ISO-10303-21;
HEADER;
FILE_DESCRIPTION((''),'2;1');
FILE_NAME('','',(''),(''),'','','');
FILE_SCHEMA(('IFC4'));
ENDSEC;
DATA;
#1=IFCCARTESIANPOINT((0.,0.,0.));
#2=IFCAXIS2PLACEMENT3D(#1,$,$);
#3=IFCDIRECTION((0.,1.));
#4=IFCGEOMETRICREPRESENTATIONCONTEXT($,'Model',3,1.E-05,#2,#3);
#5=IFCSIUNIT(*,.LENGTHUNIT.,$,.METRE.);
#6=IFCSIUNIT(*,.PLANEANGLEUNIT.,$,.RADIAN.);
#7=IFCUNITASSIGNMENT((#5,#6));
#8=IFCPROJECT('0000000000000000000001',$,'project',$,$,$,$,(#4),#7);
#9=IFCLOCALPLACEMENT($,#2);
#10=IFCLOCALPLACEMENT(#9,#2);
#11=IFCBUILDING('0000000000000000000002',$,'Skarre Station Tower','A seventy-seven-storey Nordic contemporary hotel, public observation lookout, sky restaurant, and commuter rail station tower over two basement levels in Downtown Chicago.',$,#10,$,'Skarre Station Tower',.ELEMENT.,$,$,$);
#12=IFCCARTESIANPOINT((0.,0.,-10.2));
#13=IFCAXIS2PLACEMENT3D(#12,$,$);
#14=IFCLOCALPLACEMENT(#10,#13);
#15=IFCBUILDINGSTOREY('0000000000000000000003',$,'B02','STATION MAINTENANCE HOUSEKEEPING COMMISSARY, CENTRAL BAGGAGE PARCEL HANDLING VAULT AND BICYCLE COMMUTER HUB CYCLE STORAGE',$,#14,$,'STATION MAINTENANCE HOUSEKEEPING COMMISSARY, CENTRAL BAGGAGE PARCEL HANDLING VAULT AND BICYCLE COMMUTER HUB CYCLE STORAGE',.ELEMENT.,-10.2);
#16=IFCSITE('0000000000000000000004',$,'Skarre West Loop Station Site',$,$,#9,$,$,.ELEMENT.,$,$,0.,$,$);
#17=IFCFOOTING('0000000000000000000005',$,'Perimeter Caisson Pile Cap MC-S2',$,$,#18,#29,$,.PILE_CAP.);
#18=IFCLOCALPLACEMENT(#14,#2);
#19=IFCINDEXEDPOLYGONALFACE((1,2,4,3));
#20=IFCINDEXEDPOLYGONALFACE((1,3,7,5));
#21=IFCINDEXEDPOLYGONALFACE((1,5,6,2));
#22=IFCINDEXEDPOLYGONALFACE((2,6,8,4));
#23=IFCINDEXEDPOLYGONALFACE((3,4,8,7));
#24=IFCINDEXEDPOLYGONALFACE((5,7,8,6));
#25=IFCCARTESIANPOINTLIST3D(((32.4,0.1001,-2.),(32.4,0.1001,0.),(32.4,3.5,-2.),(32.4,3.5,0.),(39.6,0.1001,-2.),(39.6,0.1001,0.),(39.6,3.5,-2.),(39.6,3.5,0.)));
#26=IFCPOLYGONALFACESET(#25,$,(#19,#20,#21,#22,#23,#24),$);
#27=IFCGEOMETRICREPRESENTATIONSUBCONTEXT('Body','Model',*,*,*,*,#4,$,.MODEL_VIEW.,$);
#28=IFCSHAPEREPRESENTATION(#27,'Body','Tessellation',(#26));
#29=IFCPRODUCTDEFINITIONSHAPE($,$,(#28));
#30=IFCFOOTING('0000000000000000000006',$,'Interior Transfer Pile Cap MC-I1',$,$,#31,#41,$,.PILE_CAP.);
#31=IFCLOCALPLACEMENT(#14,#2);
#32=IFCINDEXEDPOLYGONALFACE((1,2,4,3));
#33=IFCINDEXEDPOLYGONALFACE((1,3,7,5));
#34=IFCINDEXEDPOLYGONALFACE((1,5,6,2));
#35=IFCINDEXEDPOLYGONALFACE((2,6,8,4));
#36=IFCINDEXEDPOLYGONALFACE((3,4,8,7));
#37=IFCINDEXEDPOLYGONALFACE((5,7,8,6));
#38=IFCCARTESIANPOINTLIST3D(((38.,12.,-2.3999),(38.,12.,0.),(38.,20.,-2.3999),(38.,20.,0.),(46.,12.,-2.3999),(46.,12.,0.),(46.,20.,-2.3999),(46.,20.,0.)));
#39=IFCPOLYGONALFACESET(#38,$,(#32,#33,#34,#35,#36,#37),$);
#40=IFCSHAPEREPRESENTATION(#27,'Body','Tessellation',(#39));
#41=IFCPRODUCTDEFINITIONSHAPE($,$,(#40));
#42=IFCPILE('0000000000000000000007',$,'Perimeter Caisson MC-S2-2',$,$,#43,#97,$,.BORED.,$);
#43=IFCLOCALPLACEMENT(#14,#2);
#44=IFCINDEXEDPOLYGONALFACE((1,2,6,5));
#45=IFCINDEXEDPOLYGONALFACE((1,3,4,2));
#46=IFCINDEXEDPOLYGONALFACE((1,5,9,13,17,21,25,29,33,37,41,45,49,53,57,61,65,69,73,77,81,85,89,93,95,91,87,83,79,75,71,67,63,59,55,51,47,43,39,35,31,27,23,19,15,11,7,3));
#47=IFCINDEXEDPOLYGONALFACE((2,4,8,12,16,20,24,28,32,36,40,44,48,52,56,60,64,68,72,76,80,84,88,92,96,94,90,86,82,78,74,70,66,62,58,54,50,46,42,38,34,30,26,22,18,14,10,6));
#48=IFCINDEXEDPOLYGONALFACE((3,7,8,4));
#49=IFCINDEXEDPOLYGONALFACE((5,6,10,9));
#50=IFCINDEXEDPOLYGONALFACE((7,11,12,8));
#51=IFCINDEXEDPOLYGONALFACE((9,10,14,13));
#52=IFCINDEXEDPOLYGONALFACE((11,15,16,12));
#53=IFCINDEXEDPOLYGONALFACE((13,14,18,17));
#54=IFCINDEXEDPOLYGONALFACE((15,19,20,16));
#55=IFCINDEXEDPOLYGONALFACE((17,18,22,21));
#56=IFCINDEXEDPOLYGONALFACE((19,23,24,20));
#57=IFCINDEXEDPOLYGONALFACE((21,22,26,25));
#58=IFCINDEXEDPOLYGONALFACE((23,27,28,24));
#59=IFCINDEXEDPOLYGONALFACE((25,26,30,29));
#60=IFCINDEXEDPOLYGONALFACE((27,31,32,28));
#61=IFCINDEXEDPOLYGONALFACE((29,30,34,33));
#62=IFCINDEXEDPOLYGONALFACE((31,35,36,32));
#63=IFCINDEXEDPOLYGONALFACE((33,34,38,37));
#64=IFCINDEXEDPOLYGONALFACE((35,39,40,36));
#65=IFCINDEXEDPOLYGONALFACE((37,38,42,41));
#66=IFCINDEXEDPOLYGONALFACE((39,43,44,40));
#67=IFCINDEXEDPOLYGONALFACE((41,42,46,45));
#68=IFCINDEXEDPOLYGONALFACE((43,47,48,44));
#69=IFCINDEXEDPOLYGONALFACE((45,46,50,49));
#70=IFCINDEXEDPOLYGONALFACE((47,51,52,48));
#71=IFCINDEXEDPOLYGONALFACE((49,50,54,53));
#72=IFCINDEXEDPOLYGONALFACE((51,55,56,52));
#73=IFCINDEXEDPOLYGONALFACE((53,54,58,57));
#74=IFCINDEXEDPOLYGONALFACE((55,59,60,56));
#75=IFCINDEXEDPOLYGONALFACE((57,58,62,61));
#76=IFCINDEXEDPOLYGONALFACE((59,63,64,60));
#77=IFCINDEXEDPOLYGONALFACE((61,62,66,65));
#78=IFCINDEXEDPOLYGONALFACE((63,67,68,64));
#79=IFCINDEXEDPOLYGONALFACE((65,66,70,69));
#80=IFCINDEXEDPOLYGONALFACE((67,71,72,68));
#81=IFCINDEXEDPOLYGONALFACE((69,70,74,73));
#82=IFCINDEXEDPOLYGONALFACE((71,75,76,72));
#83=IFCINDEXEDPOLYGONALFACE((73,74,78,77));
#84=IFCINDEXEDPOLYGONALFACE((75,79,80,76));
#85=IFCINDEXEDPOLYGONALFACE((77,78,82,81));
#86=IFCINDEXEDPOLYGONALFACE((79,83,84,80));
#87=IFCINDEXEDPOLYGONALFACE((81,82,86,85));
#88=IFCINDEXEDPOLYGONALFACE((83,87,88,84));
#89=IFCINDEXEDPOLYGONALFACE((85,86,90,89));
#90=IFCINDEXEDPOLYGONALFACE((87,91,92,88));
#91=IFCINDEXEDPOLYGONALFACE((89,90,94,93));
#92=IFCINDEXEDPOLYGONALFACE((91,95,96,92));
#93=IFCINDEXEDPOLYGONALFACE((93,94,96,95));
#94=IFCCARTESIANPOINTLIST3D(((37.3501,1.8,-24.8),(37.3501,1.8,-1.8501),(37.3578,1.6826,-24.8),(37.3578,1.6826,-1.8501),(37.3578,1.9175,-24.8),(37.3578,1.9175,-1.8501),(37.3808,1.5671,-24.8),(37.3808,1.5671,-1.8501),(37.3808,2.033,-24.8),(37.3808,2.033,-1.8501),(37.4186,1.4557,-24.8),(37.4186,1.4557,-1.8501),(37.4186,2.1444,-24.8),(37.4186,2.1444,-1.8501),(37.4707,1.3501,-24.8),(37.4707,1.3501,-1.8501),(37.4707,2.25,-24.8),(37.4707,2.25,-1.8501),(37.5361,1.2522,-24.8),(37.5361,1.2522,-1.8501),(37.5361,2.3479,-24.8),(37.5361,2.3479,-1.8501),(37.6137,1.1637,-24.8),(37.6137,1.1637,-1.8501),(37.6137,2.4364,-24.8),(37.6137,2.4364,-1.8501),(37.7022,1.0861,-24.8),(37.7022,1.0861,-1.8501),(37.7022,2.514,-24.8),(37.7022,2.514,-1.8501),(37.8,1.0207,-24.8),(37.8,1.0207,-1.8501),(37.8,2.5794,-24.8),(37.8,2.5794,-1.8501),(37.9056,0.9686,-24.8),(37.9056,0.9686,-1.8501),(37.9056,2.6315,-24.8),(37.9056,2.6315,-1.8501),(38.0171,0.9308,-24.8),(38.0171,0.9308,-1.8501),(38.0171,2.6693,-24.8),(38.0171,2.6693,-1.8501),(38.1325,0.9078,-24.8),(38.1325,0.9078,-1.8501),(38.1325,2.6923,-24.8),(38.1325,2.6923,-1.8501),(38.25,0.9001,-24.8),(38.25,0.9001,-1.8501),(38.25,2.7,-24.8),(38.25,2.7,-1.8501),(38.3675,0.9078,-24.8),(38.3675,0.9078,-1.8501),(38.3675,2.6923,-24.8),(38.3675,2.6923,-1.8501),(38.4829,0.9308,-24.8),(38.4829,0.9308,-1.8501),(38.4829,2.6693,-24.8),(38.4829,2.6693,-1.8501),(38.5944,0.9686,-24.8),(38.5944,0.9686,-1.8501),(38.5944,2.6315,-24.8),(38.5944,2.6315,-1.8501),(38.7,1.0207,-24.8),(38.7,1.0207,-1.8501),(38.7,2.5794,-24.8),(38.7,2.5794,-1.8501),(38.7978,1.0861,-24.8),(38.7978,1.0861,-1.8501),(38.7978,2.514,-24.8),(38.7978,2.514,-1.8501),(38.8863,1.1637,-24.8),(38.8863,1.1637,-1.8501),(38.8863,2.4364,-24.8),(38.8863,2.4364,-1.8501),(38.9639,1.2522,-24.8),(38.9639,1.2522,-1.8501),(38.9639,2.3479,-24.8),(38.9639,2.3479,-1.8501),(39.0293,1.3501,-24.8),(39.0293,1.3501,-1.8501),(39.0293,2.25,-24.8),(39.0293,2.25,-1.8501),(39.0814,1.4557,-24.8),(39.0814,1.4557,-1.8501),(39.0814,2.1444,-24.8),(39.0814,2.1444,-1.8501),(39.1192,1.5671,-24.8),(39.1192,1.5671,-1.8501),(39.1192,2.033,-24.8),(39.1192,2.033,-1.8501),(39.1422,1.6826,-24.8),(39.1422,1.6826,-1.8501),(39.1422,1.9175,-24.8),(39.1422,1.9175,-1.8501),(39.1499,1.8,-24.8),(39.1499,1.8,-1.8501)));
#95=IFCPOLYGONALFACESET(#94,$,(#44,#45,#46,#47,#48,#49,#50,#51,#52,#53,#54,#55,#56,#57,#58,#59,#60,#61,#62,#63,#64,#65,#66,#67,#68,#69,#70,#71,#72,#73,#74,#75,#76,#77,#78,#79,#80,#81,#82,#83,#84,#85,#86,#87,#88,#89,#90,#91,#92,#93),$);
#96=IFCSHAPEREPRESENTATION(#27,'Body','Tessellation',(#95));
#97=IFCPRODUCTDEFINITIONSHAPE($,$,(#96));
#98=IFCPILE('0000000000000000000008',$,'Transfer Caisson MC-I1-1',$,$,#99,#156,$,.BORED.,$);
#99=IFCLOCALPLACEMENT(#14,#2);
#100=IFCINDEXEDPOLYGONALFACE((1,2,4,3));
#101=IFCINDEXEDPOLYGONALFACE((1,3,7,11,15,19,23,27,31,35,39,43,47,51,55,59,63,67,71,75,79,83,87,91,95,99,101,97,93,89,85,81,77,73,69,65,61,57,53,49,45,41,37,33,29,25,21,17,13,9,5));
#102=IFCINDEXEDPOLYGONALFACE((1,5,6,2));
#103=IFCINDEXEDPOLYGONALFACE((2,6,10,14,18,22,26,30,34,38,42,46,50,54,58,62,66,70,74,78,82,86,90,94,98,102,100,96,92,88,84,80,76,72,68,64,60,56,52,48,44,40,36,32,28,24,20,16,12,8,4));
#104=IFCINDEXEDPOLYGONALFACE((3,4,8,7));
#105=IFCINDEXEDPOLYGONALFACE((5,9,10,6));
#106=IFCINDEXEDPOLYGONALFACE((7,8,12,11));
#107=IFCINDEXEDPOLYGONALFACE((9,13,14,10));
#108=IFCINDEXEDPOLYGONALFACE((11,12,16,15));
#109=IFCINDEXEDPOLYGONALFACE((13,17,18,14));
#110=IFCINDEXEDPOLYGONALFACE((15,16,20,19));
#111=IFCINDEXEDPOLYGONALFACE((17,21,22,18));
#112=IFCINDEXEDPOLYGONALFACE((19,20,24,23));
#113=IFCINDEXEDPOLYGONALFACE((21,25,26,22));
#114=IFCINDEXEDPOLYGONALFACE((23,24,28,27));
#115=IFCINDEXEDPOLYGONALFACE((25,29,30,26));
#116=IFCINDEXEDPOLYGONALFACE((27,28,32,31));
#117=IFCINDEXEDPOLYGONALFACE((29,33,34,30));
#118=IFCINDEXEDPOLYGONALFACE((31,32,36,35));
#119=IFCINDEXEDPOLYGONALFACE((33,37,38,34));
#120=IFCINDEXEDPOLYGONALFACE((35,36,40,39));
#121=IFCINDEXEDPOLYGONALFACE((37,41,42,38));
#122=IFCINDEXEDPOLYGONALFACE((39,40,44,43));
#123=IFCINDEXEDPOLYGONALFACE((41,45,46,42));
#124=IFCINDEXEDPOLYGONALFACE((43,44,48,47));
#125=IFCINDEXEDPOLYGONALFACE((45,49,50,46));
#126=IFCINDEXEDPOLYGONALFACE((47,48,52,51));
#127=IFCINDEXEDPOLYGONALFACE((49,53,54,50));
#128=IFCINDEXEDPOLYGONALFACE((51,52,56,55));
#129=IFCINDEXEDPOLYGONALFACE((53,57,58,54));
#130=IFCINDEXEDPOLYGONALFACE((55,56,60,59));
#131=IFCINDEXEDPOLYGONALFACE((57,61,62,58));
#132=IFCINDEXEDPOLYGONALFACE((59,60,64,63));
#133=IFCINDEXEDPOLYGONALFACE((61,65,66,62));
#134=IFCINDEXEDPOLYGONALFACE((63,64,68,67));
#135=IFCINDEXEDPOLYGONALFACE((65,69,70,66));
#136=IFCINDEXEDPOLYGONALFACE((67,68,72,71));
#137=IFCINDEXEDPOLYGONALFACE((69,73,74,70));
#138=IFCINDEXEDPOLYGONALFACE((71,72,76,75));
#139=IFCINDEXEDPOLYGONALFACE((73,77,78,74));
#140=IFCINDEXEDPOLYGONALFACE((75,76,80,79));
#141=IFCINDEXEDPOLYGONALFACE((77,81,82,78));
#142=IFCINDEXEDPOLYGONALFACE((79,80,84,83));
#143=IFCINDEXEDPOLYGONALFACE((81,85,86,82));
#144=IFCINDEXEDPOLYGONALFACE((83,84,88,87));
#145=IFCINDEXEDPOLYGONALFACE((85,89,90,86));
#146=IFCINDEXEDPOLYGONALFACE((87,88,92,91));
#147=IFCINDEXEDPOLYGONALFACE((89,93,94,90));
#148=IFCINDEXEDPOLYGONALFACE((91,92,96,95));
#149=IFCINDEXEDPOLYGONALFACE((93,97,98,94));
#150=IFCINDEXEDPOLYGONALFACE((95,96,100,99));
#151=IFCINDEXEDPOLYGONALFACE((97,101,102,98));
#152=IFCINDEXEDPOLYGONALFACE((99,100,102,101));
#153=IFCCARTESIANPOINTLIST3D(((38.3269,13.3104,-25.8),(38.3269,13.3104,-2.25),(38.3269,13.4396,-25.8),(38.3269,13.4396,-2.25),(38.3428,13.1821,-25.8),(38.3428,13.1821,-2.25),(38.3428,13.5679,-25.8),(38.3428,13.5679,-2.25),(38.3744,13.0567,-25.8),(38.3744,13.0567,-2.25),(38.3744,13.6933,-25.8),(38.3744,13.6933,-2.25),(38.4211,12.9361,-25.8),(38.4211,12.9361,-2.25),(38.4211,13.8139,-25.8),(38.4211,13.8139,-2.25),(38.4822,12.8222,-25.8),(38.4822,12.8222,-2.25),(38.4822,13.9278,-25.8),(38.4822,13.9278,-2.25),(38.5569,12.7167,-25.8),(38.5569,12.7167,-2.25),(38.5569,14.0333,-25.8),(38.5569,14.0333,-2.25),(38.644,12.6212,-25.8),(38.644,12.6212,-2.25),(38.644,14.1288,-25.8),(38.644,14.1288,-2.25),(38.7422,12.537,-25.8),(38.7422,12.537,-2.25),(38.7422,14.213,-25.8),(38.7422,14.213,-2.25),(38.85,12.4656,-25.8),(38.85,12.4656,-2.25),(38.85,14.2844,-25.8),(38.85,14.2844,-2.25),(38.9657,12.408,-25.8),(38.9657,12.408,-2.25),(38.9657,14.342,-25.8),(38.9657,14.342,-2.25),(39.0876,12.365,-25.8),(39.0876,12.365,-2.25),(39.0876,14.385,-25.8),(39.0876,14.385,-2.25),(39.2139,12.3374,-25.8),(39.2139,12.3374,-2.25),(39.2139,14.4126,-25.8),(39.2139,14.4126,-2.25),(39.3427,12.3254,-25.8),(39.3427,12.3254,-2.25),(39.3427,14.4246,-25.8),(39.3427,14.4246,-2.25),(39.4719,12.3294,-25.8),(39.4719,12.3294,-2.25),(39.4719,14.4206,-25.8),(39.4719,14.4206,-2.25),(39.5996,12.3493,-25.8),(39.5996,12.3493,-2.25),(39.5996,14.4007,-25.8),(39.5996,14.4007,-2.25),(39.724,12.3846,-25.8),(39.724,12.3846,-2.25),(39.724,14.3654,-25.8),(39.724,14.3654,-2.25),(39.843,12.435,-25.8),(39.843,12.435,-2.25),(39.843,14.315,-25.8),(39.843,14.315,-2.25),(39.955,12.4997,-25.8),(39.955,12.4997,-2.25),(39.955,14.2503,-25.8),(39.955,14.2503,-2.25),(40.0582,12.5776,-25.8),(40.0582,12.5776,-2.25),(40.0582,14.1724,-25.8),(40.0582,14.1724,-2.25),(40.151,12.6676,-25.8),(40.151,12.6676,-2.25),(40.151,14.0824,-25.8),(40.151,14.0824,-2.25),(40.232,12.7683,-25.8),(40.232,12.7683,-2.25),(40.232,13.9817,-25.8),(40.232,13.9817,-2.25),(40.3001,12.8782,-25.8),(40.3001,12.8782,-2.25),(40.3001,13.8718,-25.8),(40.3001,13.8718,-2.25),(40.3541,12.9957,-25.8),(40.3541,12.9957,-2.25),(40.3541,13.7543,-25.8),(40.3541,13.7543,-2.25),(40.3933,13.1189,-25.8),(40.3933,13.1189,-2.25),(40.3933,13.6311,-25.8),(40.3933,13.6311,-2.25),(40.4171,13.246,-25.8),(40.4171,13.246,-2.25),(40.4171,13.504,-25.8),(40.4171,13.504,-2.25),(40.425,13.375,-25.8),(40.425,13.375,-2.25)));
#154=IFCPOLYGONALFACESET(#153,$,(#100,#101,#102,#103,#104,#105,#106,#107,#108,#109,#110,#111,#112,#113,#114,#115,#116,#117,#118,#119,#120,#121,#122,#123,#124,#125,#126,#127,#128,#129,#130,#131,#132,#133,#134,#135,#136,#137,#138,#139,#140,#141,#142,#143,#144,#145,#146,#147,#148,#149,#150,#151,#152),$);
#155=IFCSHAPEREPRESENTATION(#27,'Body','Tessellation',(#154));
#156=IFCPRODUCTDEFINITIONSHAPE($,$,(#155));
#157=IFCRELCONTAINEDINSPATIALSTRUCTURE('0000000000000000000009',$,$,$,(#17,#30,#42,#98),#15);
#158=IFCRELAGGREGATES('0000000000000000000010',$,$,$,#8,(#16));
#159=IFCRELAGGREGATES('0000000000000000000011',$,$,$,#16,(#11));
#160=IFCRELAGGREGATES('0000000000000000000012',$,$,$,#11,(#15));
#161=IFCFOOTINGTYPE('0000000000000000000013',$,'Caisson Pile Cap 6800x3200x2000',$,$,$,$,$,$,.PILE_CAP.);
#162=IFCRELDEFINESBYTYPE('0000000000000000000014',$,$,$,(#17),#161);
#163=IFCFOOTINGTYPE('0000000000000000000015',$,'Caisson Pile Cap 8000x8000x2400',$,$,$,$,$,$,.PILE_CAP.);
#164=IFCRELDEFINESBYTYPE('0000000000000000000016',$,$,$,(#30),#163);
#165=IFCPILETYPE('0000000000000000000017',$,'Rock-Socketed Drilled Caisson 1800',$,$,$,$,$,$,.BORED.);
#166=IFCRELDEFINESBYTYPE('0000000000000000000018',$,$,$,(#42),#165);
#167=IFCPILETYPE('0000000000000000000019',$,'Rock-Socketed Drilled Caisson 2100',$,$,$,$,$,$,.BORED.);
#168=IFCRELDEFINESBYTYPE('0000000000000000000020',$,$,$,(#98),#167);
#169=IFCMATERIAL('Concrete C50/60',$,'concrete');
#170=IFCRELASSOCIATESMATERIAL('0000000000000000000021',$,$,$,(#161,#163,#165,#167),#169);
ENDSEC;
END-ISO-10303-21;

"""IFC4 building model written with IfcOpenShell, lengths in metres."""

from ifc_helpers import new_model, si_unit, direction, frame, origin, origin_2d, place, context, subcontext, project, spatial, rectangle, circle, extrude, material, material_profile, profile_set, type_object, element, save


model = new_model("IFC4")

# Units and contexts
model_context = context("Model", 3, precision=1e-05, world=origin(), true_north=direction((0.0, 1.0)))
body_context = subcontext(model_context, "Body", "Model", "MODEL_VIEW")
ifc_project = project(units=[si_unit("LENGTHUNIT", "METRE"), si_unit("PLANEANGLEUNIT", "RADIAN")], contexts=[model_context])

# Site, building, storey
site_placement = place(None, origin())
site = spatial("IfcSite", under=ifc_project, at=site_placement, Name="Skarre West Loop Station Site", CompositionType="ELEMENT", RefElevation=0.0)
building_placement = place(site_placement, origin())
building = spatial("IfcBuilding", under=site, at=building_placement, Name="Skarre Station Tower", Description="A seventy-seven-storey Nordic contemporary hotel, public observation lookout, sky restaurant, and commuter rail station tower over two basement levels in Downtown Chicago.", LongName="Skarre Station Tower", CompositionType="ELEMENT")
storey_placement = place(building_placement, frame((0.0, 0.0, -10.2)))
storey = spatial("IfcBuildingStorey", under=building, at=storey_placement, Name="B02", Description="STATION MAINTENANCE HOUSEKEEPING COMMISSARY, CENTRAL BAGGAGE PARCEL HANDLING VAULT AND BICYCLE COMMUTER HUB CYCLE STORAGE", LongName="STATION MAINTENANCE HOUSEKEEPING COMMISSARY, CENTRAL BAGGAGE PARCEL HANDLING VAULT AND BICYCLE COMMUTER HUB CYCLE STORAGE", CompositionType="ELEMENT", Elevation=-10.2)

# Footings
ifc_material_1 = material(Name="Concrete C50/60", Category="concrete")
footing_type_1 = type_object("IfcFootingType", Name="Caisson Pile Cap 6800x3200x2000", PredefinedType="PILE_CAP", material=ifc_material_1)
footing_1_placement = place(storey_placement, frame((36.0, 1.8, -2.0), z_axis=(0.0, 0.0, 1.0), x_axis=(1.0, 0.0, 0.0)))
element("IfcFooting", 1, at=footing_1_placement, inside=storey, type_object=footing_type_1, Name="Perimeter Caisson Pile Cap MC-S2", PredefinedType="PILE_CAP", context=body_context, shape_type="SweptSolid", body=[
    extrude(rectangle(XDim=7.2, YDim=3.3999, at=origin_2d()), origin(), (0.0, 0.0, 1.0), 2.0),
])
footing_type_2 = type_object("IfcFootingType", Name="Caisson Pile Cap 8000x8000x2400", PredefinedType="PILE_CAP", material=ifc_material_1)
footing_2_placement = place(storey_placement, frame((42.0, 16.0, -2.3999), z_axis=(0.0, 0.0, 1.0), x_axis=(1.0, 0.0, 0.0)))
element("IfcFooting", 2, at=footing_2_placement, inside=storey, type_object=footing_type_2, Name="Interior Transfer Pile Cap MC-I1", PredefinedType="PILE_CAP", context=body_context, shape_type="SweptSolid", body=[
    extrude(rectangle(XDim=8.0, YDim=8.0, at=origin_2d()), origin(), (0.0, 0.0, 1.0), 2.3999),
])

# Piles
ifc_material_profile_1 = material_profile(ifc_material_1, circle(Radius=0.8999, at=origin_2d()), Name="Concrete C50/60")
ifc_profile_set_1 = profile_set([ifc_material_profile_1], Name="Concrete C50/60")
pile_type_1 = type_object("IfcPileType", Name="Rock-Socketed Drilled Caisson 1800", PredefinedType="BORED", material=ifc_profile_set_1)
pile_placement = place(storey_placement, frame((38.25, 1.8, -1.8501), z_axis=(0.0, 0.0, -1.0), x_axis=(1.0, 0.0, 0.0)))
element("IfcPile", 3, at=pile_placement, inside=storey, type_object=pile_type_1, Name="Perimeter Caisson MC-S2-2", PredefinedType="BORED", context=body_context, shape_type="SweptSolid", body=[
    extrude(circle(Radius=0.8999, at=origin_2d()), origin(), (0.0, 0.0, 1.0), 22.95),
])
ifc_material_profile_2 = material_profile(ifc_material_1, circle(Radius=1.05, at=origin_2d()), Name="Concrete C50/60")
ifc_profile_set_2 = profile_set([ifc_material_profile_2], Name="Concrete C50/60")
pile_type_2 = type_object("IfcPileType", Name="Rock-Socketed Drilled Caisson 2100", PredefinedType="BORED", material=ifc_profile_set_2)
for number, where, z_axis, x_axis, name in (
    (4, (39.375, 13.375, -2.25), (0.0, 0.0, -1.0), (1.0, 0.0, 0.0), "Transfer Caisson MC-I1-1"),
):
    element("IfcPile", number, at=place(storey_placement, frame(where, z_axis=z_axis, x_axis=x_axis)), inside=storey, type_object=pile_type_2, Name=name, PredefinedType="BORED", context=body_context, shape_type="SweptSolid", body=[
        extrude(circle(Radius=1.05, at=origin_2d()), origin(), (0.0, 0.0, 1.0), 23.55),
    ])

save(model, "model.ifc")
